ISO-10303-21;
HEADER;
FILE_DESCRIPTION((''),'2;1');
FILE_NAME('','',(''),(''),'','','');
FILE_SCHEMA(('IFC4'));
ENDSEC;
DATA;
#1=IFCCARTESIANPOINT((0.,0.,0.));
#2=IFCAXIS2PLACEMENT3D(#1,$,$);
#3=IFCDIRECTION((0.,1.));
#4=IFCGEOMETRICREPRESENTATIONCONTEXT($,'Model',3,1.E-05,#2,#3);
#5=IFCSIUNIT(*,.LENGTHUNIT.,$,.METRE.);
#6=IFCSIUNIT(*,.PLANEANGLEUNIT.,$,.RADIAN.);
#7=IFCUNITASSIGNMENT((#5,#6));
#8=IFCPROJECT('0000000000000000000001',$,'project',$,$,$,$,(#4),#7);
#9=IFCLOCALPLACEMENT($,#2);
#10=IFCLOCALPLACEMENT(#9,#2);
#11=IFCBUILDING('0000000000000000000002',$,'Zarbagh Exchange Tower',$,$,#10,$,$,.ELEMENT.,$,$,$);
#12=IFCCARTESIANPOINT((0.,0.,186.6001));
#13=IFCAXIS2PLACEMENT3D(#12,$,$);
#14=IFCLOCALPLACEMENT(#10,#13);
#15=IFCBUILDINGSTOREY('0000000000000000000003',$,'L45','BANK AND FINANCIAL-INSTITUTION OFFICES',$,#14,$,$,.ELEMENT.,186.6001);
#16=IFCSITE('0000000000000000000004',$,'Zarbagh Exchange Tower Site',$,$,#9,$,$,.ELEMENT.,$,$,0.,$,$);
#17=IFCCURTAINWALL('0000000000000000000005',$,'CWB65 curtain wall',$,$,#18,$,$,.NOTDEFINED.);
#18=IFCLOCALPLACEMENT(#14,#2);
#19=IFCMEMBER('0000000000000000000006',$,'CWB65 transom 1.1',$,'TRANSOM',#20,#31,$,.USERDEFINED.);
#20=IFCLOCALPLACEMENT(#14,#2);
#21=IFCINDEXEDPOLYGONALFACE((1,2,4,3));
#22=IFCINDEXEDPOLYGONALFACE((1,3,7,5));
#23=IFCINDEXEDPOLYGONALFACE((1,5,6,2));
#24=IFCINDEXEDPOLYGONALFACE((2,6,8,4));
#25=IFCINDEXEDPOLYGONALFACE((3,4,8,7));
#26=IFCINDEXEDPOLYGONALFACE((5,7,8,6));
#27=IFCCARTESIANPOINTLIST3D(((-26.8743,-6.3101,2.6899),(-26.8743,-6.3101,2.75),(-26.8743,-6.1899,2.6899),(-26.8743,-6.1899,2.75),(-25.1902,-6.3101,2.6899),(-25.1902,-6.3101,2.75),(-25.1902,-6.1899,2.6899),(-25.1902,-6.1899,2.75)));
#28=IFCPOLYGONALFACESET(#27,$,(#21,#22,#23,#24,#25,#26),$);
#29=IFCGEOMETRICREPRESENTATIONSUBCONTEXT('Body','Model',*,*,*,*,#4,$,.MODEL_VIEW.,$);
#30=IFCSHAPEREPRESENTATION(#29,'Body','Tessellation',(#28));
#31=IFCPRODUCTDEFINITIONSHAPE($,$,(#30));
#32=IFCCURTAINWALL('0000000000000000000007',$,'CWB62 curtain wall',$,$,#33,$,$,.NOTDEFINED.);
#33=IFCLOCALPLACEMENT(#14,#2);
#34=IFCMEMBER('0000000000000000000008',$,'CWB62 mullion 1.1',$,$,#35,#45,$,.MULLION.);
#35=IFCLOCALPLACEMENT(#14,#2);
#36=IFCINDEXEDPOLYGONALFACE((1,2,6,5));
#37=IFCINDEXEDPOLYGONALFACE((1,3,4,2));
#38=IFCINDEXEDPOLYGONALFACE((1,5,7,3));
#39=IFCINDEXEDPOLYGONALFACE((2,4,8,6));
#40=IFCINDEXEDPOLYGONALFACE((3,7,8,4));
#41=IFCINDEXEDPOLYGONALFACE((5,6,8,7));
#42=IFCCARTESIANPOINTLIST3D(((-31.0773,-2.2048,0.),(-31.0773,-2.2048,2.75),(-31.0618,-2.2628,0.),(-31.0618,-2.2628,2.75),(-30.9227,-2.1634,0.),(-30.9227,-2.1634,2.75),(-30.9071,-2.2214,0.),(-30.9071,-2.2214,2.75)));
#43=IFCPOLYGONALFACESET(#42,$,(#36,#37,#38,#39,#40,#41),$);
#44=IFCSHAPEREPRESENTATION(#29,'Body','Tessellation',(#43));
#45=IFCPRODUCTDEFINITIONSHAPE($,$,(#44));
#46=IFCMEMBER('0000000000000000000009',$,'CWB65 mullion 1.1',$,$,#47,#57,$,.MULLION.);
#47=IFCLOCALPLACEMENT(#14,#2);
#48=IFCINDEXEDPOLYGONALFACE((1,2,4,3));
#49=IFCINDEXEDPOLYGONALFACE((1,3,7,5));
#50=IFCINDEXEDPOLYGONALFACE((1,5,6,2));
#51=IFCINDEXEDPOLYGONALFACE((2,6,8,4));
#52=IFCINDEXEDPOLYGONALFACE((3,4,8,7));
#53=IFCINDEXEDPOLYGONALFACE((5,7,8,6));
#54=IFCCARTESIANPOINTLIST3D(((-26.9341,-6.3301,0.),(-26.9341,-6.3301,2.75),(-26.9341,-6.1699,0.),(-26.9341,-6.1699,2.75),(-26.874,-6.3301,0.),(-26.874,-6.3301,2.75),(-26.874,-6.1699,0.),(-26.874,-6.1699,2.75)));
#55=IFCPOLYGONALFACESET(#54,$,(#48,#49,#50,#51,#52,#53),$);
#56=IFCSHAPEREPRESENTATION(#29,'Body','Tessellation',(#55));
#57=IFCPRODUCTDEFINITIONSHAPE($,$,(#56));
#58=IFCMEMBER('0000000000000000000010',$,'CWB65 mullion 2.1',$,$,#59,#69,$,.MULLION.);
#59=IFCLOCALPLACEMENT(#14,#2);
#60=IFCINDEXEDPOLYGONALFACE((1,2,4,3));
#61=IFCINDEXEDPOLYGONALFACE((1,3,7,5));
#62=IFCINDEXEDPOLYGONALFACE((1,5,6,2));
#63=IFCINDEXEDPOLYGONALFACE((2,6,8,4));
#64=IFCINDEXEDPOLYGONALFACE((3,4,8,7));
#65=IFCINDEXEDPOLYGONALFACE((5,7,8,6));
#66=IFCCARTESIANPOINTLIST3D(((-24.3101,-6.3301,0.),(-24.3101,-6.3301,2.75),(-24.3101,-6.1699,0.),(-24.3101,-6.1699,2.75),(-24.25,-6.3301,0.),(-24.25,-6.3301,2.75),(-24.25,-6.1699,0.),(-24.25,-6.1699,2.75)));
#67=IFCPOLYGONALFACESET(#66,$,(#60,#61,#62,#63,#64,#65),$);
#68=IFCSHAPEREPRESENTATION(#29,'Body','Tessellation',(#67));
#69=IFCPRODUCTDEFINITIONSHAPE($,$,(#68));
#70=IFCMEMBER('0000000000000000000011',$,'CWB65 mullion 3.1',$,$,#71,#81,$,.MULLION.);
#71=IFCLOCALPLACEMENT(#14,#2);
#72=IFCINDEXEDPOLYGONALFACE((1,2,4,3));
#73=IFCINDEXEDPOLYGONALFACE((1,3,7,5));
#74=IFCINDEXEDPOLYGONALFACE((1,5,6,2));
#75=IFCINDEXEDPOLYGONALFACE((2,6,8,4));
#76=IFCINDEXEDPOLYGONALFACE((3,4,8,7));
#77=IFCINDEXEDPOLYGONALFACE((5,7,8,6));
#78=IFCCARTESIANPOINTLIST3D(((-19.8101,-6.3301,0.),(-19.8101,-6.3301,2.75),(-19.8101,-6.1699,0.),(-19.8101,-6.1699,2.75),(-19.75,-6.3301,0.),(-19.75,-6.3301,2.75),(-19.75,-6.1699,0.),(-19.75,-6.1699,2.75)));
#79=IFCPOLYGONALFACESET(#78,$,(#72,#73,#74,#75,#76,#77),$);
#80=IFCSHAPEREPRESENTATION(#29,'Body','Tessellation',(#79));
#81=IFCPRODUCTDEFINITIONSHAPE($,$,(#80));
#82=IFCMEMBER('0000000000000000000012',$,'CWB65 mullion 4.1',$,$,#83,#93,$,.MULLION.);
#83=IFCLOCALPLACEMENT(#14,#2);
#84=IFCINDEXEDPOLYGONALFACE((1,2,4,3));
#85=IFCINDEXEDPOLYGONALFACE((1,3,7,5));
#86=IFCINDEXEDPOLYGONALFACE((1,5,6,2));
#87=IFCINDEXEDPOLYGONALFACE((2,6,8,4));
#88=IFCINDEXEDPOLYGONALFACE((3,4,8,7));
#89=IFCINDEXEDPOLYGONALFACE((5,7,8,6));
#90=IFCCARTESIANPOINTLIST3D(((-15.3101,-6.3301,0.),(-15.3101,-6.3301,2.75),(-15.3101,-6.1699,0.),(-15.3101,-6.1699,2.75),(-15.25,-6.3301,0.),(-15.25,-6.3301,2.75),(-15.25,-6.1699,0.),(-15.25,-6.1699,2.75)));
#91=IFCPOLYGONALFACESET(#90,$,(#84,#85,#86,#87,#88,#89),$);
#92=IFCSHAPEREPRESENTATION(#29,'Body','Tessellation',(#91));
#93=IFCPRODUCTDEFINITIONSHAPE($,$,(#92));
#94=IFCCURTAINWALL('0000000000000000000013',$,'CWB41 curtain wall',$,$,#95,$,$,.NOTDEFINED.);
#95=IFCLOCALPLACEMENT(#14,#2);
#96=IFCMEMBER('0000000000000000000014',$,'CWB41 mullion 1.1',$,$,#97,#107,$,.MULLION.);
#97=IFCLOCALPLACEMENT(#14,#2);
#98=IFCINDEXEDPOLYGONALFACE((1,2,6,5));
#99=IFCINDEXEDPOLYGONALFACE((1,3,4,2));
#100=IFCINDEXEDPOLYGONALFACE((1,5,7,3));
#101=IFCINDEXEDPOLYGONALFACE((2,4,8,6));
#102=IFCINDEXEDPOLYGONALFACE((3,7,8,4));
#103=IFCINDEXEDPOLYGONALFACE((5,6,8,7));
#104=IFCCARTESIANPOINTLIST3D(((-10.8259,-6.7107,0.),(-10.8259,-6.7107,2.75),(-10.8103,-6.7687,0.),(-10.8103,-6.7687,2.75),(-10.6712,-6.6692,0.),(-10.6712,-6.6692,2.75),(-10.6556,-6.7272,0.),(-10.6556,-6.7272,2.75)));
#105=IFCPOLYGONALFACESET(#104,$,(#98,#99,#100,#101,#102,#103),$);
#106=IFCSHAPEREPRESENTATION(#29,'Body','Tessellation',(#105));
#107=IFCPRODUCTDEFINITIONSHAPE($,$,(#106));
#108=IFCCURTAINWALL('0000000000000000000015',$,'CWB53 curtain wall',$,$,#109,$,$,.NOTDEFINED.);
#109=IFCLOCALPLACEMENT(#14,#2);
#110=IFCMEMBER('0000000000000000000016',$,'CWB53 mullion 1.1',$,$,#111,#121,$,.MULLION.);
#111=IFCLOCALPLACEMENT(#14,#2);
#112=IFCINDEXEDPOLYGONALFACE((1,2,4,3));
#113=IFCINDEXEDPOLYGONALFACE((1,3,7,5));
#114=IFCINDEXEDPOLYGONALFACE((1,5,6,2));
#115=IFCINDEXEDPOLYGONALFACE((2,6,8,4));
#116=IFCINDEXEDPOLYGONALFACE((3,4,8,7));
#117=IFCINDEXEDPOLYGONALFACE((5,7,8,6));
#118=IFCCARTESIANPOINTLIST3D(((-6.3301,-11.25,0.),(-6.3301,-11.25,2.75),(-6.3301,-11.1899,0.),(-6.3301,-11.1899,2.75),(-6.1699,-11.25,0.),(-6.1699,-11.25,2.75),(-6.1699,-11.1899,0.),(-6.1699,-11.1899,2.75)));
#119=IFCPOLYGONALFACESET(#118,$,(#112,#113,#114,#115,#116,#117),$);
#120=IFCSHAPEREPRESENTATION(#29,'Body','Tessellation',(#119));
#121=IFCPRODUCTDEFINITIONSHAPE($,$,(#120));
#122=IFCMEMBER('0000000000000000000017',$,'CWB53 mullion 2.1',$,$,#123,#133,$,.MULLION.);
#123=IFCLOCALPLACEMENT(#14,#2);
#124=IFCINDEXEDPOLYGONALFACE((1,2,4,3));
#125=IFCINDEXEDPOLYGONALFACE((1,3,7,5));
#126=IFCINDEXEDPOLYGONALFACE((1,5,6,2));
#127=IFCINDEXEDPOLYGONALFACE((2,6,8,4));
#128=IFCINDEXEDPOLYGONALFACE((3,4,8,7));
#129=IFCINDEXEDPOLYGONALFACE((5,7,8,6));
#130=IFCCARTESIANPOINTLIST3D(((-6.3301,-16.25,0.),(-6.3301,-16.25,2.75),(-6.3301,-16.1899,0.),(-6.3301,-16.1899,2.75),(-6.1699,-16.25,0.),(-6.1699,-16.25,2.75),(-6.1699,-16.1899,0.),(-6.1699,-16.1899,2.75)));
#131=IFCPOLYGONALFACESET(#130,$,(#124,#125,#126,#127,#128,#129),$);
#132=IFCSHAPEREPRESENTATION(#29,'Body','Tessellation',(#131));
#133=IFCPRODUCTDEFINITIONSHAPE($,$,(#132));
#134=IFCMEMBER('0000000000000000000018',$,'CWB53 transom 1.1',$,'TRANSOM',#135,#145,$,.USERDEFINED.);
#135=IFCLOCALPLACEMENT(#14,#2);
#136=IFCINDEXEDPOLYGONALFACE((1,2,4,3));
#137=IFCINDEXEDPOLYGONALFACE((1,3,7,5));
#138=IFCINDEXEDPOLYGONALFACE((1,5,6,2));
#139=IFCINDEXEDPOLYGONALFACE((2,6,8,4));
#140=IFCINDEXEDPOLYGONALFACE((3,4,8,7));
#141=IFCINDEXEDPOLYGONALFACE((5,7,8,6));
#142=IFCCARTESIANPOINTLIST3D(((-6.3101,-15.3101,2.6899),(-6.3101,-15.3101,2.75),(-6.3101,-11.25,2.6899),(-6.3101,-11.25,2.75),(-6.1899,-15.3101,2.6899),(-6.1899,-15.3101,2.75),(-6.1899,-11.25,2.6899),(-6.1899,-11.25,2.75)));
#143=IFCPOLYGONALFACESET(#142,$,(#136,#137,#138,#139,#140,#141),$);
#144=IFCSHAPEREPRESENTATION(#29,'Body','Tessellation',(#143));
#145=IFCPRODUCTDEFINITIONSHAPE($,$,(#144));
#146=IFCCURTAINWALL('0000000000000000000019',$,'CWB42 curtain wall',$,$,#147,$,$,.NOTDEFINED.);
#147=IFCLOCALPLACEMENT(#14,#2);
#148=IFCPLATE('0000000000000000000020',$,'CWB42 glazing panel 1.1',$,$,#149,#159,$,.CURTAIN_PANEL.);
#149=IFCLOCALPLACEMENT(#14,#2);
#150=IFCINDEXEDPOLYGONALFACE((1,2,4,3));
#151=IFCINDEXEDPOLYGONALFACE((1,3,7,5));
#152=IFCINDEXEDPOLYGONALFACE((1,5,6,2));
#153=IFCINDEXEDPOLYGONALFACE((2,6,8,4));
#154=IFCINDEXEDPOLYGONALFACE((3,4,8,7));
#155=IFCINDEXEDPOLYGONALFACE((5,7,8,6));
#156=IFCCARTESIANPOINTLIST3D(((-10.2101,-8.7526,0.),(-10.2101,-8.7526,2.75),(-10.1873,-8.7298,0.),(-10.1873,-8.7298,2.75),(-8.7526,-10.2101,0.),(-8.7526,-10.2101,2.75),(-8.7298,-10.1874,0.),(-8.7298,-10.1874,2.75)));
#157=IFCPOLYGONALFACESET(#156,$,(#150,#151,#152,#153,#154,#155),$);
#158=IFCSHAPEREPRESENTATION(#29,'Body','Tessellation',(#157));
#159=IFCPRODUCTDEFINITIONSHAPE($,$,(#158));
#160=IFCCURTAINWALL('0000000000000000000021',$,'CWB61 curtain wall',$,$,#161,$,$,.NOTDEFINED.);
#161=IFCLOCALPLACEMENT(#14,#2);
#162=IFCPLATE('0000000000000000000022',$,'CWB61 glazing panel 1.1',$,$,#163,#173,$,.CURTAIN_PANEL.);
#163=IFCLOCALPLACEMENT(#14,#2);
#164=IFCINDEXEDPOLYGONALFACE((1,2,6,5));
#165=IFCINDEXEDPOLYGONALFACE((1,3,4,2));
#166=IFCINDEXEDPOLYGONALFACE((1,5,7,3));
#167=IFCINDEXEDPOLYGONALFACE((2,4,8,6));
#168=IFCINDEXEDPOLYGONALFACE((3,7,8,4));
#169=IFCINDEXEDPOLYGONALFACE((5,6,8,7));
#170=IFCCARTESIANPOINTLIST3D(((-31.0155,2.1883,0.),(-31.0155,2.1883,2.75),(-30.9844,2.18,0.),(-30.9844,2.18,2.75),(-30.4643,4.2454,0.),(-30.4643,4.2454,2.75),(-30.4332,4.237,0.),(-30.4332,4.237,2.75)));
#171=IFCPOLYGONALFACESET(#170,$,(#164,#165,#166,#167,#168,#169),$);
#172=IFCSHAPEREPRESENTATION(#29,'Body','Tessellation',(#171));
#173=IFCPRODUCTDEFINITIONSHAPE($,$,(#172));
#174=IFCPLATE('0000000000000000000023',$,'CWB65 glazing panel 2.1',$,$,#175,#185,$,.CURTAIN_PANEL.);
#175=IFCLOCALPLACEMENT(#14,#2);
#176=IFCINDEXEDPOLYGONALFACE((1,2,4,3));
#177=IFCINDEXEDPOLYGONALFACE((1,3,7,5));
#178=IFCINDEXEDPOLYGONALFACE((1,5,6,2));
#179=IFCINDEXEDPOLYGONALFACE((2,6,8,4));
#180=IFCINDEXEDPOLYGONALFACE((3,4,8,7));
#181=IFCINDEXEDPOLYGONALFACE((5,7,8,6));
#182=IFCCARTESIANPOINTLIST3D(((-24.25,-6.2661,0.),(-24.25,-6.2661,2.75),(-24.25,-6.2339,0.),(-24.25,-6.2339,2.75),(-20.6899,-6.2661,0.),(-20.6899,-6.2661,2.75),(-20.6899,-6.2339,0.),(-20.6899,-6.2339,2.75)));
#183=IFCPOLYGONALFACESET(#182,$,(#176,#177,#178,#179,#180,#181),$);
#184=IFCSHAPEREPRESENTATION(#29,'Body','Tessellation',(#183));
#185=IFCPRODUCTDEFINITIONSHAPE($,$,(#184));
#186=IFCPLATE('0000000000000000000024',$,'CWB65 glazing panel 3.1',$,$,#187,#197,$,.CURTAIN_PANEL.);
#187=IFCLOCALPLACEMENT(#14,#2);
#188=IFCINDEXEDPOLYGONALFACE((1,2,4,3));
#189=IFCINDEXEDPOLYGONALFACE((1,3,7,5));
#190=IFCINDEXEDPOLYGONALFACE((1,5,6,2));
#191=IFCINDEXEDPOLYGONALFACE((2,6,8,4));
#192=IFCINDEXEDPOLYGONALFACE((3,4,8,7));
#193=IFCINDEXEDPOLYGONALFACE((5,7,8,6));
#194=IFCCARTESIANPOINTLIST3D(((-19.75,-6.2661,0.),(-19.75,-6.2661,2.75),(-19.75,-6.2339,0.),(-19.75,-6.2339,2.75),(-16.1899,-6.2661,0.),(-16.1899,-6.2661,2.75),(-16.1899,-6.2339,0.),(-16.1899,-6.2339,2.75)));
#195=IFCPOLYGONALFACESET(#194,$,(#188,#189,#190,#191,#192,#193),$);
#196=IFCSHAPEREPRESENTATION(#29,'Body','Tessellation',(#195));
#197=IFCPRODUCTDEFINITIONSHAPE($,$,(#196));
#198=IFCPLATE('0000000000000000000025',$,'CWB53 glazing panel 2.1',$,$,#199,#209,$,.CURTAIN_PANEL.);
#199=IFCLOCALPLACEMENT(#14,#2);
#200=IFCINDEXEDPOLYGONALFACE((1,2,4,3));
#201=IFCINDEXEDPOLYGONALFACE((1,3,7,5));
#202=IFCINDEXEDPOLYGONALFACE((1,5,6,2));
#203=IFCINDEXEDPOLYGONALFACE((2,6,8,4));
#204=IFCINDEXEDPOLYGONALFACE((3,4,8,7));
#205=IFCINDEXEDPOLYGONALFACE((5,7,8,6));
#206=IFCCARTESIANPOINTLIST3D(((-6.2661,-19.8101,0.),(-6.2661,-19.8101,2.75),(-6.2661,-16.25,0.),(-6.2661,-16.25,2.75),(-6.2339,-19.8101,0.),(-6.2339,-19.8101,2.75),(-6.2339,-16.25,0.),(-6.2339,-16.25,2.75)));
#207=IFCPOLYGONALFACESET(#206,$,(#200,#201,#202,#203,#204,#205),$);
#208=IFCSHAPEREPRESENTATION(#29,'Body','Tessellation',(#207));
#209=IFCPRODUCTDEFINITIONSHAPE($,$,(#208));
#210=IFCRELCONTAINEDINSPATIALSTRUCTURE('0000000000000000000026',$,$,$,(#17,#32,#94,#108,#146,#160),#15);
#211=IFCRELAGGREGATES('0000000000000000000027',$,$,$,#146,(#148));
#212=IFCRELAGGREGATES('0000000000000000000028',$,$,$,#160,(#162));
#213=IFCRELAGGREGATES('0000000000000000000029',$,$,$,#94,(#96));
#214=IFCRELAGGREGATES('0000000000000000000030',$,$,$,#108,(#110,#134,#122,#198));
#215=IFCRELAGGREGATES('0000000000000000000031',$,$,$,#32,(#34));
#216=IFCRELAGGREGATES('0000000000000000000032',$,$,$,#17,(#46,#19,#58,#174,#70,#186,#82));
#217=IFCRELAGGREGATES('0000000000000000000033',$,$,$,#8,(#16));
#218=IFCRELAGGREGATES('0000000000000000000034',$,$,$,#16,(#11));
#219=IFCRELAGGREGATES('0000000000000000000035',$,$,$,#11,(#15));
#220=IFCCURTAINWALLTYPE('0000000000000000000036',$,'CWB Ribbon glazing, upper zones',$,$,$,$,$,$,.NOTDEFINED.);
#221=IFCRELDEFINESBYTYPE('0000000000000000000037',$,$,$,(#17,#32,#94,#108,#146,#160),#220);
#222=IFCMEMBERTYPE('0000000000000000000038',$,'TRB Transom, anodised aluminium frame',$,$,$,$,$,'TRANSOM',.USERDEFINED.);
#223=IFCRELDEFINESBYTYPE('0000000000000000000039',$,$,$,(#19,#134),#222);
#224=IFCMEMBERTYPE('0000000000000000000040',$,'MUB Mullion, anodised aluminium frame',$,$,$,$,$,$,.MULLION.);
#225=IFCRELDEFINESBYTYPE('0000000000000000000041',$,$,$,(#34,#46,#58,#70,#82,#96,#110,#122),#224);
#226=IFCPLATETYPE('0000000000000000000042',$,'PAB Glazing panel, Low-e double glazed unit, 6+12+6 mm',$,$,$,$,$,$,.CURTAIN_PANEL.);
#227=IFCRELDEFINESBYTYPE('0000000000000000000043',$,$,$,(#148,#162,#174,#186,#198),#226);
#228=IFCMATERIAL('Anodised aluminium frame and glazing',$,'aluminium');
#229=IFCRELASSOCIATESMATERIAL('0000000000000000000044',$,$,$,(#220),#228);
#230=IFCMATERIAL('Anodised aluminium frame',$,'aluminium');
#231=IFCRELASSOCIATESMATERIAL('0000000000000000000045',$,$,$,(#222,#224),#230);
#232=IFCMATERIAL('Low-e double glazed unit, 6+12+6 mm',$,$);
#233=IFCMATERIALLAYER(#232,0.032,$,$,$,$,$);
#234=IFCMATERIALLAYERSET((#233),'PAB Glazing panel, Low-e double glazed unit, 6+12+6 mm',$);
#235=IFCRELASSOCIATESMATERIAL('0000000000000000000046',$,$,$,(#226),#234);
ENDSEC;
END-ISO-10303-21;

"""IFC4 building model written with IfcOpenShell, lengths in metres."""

from ifc_helpers import new_model, si_unit, direction, frame, origin, place, context, subcontext, project, spatial, polyline, outline, extrude, source, transform, mapped, material, layer, layer_set, type_object, element, aggregate, save


model = new_model("IFC4")

# Units and contexts
model_context = context("Model", 3, precision=1e-05, world=origin(), true_north=direction((0.0, 1.0)))
body_context = subcontext(model_context, "Body", "Model", "MODEL_VIEW")
ifc_project = project(units=[si_unit("LENGTHUNIT", "METRE"), si_unit("PLANEANGLEUNIT", "RADIAN")], contexts=[model_context])

# Site, building, storey
site_placement = place(None, origin())
site = spatial("IfcSite", under=ifc_project, at=site_placement, Name="Zarbagh Exchange Tower Site", CompositionType="ELEMENT", RefElevation=0.0)
building_placement = place(site_placement, origin())
building = spatial("IfcBuilding", under=site, at=building_placement, Name="Zarbagh Exchange Tower", CompositionType="ELEMENT")
storey_placement = place(building_placement, frame((0.0, 0.0, 186.6001)))
storey = spatial("IfcBuildingStorey", under=building, at=storey_placement, Name="L45", Description="BANK AND FINANCIAL-INSTITUTION OFFICES", CompositionType="ELEMENT", Elevation=186.6001)

# Curtain walls, members
ifc_material_1 = material(Name="Anodised aluminium frame and glazing", Category="aluminium")
curtain_wall_type = type_object("IfcCurtainWallType", Name="CWB Ribbon glazing, upper zones", PredefinedType="NOTDEFINED", material=ifc_material_1)
curtain_wall_1_placement = place(storey_placement, origin())
curtain_wall_1 = element("IfcCurtainWall", 1, at=curtain_wall_1_placement, inside=storey, type_object=curtain_wall_type, Name="CWB65 curtain wall", PredefinedType="NOTDEFINED")
ifc_material_2 = material(Name="Anodised aluminium frame", Category="aluminium")
member_type_1 = type_object("IfcMemberType", Name="TRB Transom, anodised aluminium frame", ElementType="TRANSOM", PredefinedType="USERDEFINED", material=ifc_material_2)
shared_shape_1 = source(origin(), body_context, "Body", "SweptSolid", [
    extrude(outline(polyline([(-0.0601, -0.0601), (0.0, -0.0601), (0.0, 0.0601), (-0.0601, 0.0601), (-0.0601, -0.0601)])), origin(), (0.0, 0.0, 1.0), 1.6841),
])
placement = place(storey_placement, origin())
member_1 = element("IfcMember", 2, at=placement, type_object=member_type_1, Name="CWB65 transom 1.1", ObjectType="TRANSOM", PredefinedType="USERDEFINED", context=body_context, shape_type="MappedRepresentation", body=[
    mapped(shared_shape_1, transform((-26.8743, -6.25, 2.75), x_axis=(0.0, 0.0, 1.0), y_axis=(0.0, -1.0, 0.0), z_axis=(1.0, 0.0, 0.0))),
])
curtain_wall_2_placement = place(storey_placement, origin())
curtain_wall_2 = element("IfcCurtainWall", 3, at=curtain_wall_2_placement, inside=storey, type_object=curtain_wall_type, Name="CWB62 curtain wall", PredefinedType="NOTDEFINED")
member_type_2 = type_object("IfcMemberType", Name="MUB Mullion, anodised aluminium frame", PredefinedType="MULLION", material=ifc_material_2)
shared_shape_2 = source(origin(), body_context, "Body", "SweptSolid", [
    extrude(outline(polyline([(0.0, -0.0801), (0.0601, -0.0801), (0.0601, 0.0801), (0.0, 0.0801), (0.0, -0.0801)])), origin(), (0.0, 0.0, 1.0), 2.75),
])
member_2 = element("IfcMember", 4, at=placement, type_object=member_type_2, Name="CWB62 mullion 1.1", PredefinedType="MULLION", context=body_context, shape_type="MappedRepresentation", body=[
    mapped(shared_shape_2, transform((-31.0, -2.1841, 0.0), x_axis=(0.258825, -0.965924, 0.0), y_axis=(0.965924, 0.258825, 0.0), z_axis=(0.0, 0.0, 1.0))),
])

# Members
member_3 = element("IfcMember", 5, at=placement, type_object=member_type_2, Name="CWB65 mullion 1.1", PredefinedType="MULLION", context=body_context, shape_type="MappedRepresentation", body=[
    mapped(shared_shape_2, transform((-26.9341, -6.25, 0.0), x_axis=(1.0, 0.0, 0.0), y_axis=(0.0, 1.0, 0.0), z_axis=(0.0, 0.0, 1.0))),
])
member_4 = element("IfcMember", 6, at=placement, type_object=member_type_2, Name="CWB65 mullion 2.1", PredefinedType="MULLION", context=body_context, shape_type="MappedRepresentation", body=[
    mapped(shared_shape_2, transform((-24.3101, -6.25, 0.0), x_axis=(1.0, 0.0, 0.0), y_axis=(0.0, 1.0, 0.0), z_axis=(0.0, 0.0, 1.0))),
])
member_5 = element("IfcMember", 7, at=placement, type_object=member_type_2, Name="CWB65 mullion 3.1", PredefinedType="MULLION", context=body_context, shape_type="MappedRepresentation", body=[
    mapped(shared_shape_2, transform((-19.8101, -6.25, 0.0), x_axis=(1.0, 0.0, 0.0), y_axis=(0.0, 1.0, 0.0), z_axis=(0.0, 0.0, 1.0))),
])
member_6 = element("IfcMember", 8, at=placement, type_object=member_type_2, Name="CWB65 mullion 4.1", PredefinedType="MULLION", context=body_context, shape_type="MappedRepresentation", body=[
    mapped(shared_shape_2, transform((-15.3101, -6.25, 0.0), x_axis=(1.0, 0.0, 0.0), y_axis=(0.0, 1.0, 0.0), z_axis=(0.0, 0.0, 1.0))),
])

# Curtain wall, member
curtain_wall_3_placement = place(storey_placement, origin())
curtain_wall_3 = element("IfcCurtainWall", 9, at=curtain_wall_3_placement, inside=storey, type_object=curtain_wall_type, Name="CWB41 curtain wall", PredefinedType="NOTDEFINED")
member_7 = element("IfcMember", 10, at=placement, type_object=member_type_2, Name="CWB41 mullion 1.1", PredefinedType="MULLION", context=body_context, shape_type="MappedRepresentation", body=[
    mapped(shared_shape_2, transform((-10.7485, -6.6899, 0.0), x_axis=(0.258825, -0.965924, 0.0), y_axis=(0.965924, 0.258825, 0.0), z_axis=(0.0, 0.0, 1.0))),
])

# Curtain wall, members
curtain_wall_4_placement = place(storey_placement, origin())
curtain_wall_4 = element("IfcCurtainWall", 11, at=curtain_wall_4_placement, inside=storey, type_object=curtain_wall_type, Name="CWB53 curtain wall", PredefinedType="NOTDEFINED")
member_8 = element("IfcMember", 12, at=placement, type_object=member_type_2, Name="CWB53 mullion 1.1", PredefinedType="MULLION", context=body_context, shape_type="MappedRepresentation", body=[
    mapped(shared_shape_2, transform((-6.25, -11.1899, 0.0), x_axis=(0.0, -1.0, 0.0), y_axis=(1.0, 0.0, 0.0), z_axis=(0.0, 0.0, 1.0))),
])
member_9 = element("IfcMember", 13, at=placement, type_object=member_type_2, Name="CWB53 mullion 2.1", PredefinedType="MULLION", context=body_context, shape_type="MappedRepresentation", body=[
    mapped(shared_shape_2, transform((-6.25, -16.1899, 0.0), x_axis=(0.0, -1.0, 0.0), y_axis=(1.0, 0.0, 0.0), z_axis=(0.0, 0.0, 1.0))),
])
shared_shape_3 = source(origin(), body_context, "Body", "SweptSolid", [
    extrude(outline(polyline([(-0.0601, -0.0601), (0.0, -0.0601), (0.0, 0.0601), (-0.0601, 0.0601), (-0.0601, -0.0601)])), origin(), (0.0, 0.0, 1.0), 4.0601),
])
member_10 = element("IfcMember", 14, at=placement, type_object=member_type_1, Name="CWB53 transom 1.1", ObjectType="TRANSOM", PredefinedType="USERDEFINED", context=body_context, shape_type="MappedRepresentation", body=[
    mapped(shared_shape_3, transform((-6.25, -11.25, 2.75), x_axis=(0.0, 0.0, 1.0), y_axis=(-1.0, 0.0, 0.0), z_axis=(0.0, -1.0, 0.0))),
])

# Curtain walls, plates
curtain_wall_5_placement = place(storey_placement, origin())
curtain_wall_5 = element("IfcCurtainWall", 15, at=curtain_wall_5_placement, inside=storey, type_object=curtain_wall_type, Name="CWB42 curtain wall", PredefinedType="NOTDEFINED")
ifc_material_3 = material(Name="Low-e double glazed unit, 6+12+6 mm")
ifc_layer = layer(ifc_material_3, 0.032)
ifc_layer_set = layer_set([ifc_layer], Name="PAB Glazing panel, Low-e double glazed unit, 6+12+6 mm")
plate_type = type_object("IfcPlateType", Name="PAB Glazing panel, Low-e double glazed unit, 6+12+6 mm", PredefinedType="CURTAIN_PANEL", material=ifc_layer_set)
shared_shape_4 = source(origin(), body_context, "Body", "SweptSolid", [
    extrude(outline(polyline([(0.0, -0.0161), (2.0613, -0.0161), (2.0613, 0.0161), (0.0, 0.0161), (0.0, -0.0161)])), origin(), (0.0, 0.0, 1.0), 2.75),
])
plate_1 = element("IfcPlate", 16, at=placement, type_object=plate_type, Name="CWB42 glazing panel 1.1", PredefinedType="CURTAIN_PANEL", context=body_context, shape_type="MappedRepresentation", body=[
    mapped(shared_shape_4, transform((-10.1987, -8.7412, 0.0), x_axis=(0.707107, -0.707107, 0.0), y_axis=(0.707107, 0.707107, 0.0), z_axis=(0.0, 0.0, 1.0))),
])
aggregate(curtain_wall_5, [plate_1])
curtain_wall_6_placement = place(storey_placement, origin())
curtain_wall_6 = element("IfcCurtainWall", 17, at=curtain_wall_6_placement, inside=storey, type_object=curtain_wall_type, Name="CWB61 curtain wall", PredefinedType="NOTDEFINED")
shared_shape_5 = source(origin(), body_context, "Body", "SweptSolid", [
    extrude(outline(polyline([(0.0, -0.0161), (2.1296, -0.0161), (2.1296, 0.0161), (0.0, 0.0161), (0.0, -0.0161)])), origin(), (0.0, 0.0, 1.0), 2.75),
])
plate_2 = element("IfcPlate", 18, at=placement, type_object=plate_type, Name="CWB61 glazing panel 1.1", PredefinedType="CURTAIN_PANEL", context=body_context, shape_type="MappedRepresentation", body=[
    mapped(shared_shape_5, transform((-30.4487, 4.2412, 0.0), x_axis=(-0.258825, -0.965924, 0.0), y_axis=(0.965924, -0.258825, 0.0), z_axis=(0.0, 0.0, 1.0))),
])
aggregate(curtain_wall_6, [plate_2])

# Plates
shared_shape_6 = source(origin(), body_context, "Body", "SweptSolid", [
    extrude(outline(polyline([(0.0, -0.0161), (3.5601, -0.0161), (3.5601, 0.0161), (0.0, 0.0161), (0.0, -0.0161)])), origin(), (0.0, 0.0, 1.0), 2.75),
])
plate_3 = element("IfcPlate", 19, at=placement, type_object=plate_type, Name="CWB65 glazing panel 2.1", PredefinedType="CURTAIN_PANEL", context=body_context, shape_type="MappedRepresentation", body=[
    mapped(shared_shape_6, transform((-24.25, -6.25, 0.0), x_axis=(1.0, 0.0, 0.0), y_axis=(0.0, 1.0, 0.0), z_axis=(0.0, 0.0, 1.0))),
])
plate_4 = element("IfcPlate", 20, at=placement, type_object=plate_type, Name="CWB65 glazing panel 3.1", PredefinedType="CURTAIN_PANEL", context=body_context, shape_type="MappedRepresentation", body=[
    mapped(shared_shape_6, transform((-19.75, -6.25, 0.0), x_axis=(1.0, 0.0, 0.0), y_axis=(0.0, 1.0, 0.0), z_axis=(0.0, 0.0, 1.0))),
])
plate_5 = element("IfcPlate", 21, at=placement, type_object=plate_type, Name="CWB53 glazing panel 2.1", PredefinedType="CURTAIN_PANEL", context=body_context, shape_type="MappedRepresentation", body=[
    mapped(shared_shape_6, transform((-6.25, -16.25, 0.0), x_axis=(0.0, -1.0, 0.0), y_axis=(1.0, 0.0, 0.0), z_axis=(0.0, 0.0, 1.0))),
])
aggregate(curtain_wall_3, [member_7])

aggregate(curtain_wall_4, [member_8, member_10, member_9, plate_5])

aggregate(curtain_wall_2, [member_2])

aggregate(curtain_wall_1, [member_3, member_1, member_4, plate_3, member_5, plate_4, member_6])

save(model, "model.ifc")
